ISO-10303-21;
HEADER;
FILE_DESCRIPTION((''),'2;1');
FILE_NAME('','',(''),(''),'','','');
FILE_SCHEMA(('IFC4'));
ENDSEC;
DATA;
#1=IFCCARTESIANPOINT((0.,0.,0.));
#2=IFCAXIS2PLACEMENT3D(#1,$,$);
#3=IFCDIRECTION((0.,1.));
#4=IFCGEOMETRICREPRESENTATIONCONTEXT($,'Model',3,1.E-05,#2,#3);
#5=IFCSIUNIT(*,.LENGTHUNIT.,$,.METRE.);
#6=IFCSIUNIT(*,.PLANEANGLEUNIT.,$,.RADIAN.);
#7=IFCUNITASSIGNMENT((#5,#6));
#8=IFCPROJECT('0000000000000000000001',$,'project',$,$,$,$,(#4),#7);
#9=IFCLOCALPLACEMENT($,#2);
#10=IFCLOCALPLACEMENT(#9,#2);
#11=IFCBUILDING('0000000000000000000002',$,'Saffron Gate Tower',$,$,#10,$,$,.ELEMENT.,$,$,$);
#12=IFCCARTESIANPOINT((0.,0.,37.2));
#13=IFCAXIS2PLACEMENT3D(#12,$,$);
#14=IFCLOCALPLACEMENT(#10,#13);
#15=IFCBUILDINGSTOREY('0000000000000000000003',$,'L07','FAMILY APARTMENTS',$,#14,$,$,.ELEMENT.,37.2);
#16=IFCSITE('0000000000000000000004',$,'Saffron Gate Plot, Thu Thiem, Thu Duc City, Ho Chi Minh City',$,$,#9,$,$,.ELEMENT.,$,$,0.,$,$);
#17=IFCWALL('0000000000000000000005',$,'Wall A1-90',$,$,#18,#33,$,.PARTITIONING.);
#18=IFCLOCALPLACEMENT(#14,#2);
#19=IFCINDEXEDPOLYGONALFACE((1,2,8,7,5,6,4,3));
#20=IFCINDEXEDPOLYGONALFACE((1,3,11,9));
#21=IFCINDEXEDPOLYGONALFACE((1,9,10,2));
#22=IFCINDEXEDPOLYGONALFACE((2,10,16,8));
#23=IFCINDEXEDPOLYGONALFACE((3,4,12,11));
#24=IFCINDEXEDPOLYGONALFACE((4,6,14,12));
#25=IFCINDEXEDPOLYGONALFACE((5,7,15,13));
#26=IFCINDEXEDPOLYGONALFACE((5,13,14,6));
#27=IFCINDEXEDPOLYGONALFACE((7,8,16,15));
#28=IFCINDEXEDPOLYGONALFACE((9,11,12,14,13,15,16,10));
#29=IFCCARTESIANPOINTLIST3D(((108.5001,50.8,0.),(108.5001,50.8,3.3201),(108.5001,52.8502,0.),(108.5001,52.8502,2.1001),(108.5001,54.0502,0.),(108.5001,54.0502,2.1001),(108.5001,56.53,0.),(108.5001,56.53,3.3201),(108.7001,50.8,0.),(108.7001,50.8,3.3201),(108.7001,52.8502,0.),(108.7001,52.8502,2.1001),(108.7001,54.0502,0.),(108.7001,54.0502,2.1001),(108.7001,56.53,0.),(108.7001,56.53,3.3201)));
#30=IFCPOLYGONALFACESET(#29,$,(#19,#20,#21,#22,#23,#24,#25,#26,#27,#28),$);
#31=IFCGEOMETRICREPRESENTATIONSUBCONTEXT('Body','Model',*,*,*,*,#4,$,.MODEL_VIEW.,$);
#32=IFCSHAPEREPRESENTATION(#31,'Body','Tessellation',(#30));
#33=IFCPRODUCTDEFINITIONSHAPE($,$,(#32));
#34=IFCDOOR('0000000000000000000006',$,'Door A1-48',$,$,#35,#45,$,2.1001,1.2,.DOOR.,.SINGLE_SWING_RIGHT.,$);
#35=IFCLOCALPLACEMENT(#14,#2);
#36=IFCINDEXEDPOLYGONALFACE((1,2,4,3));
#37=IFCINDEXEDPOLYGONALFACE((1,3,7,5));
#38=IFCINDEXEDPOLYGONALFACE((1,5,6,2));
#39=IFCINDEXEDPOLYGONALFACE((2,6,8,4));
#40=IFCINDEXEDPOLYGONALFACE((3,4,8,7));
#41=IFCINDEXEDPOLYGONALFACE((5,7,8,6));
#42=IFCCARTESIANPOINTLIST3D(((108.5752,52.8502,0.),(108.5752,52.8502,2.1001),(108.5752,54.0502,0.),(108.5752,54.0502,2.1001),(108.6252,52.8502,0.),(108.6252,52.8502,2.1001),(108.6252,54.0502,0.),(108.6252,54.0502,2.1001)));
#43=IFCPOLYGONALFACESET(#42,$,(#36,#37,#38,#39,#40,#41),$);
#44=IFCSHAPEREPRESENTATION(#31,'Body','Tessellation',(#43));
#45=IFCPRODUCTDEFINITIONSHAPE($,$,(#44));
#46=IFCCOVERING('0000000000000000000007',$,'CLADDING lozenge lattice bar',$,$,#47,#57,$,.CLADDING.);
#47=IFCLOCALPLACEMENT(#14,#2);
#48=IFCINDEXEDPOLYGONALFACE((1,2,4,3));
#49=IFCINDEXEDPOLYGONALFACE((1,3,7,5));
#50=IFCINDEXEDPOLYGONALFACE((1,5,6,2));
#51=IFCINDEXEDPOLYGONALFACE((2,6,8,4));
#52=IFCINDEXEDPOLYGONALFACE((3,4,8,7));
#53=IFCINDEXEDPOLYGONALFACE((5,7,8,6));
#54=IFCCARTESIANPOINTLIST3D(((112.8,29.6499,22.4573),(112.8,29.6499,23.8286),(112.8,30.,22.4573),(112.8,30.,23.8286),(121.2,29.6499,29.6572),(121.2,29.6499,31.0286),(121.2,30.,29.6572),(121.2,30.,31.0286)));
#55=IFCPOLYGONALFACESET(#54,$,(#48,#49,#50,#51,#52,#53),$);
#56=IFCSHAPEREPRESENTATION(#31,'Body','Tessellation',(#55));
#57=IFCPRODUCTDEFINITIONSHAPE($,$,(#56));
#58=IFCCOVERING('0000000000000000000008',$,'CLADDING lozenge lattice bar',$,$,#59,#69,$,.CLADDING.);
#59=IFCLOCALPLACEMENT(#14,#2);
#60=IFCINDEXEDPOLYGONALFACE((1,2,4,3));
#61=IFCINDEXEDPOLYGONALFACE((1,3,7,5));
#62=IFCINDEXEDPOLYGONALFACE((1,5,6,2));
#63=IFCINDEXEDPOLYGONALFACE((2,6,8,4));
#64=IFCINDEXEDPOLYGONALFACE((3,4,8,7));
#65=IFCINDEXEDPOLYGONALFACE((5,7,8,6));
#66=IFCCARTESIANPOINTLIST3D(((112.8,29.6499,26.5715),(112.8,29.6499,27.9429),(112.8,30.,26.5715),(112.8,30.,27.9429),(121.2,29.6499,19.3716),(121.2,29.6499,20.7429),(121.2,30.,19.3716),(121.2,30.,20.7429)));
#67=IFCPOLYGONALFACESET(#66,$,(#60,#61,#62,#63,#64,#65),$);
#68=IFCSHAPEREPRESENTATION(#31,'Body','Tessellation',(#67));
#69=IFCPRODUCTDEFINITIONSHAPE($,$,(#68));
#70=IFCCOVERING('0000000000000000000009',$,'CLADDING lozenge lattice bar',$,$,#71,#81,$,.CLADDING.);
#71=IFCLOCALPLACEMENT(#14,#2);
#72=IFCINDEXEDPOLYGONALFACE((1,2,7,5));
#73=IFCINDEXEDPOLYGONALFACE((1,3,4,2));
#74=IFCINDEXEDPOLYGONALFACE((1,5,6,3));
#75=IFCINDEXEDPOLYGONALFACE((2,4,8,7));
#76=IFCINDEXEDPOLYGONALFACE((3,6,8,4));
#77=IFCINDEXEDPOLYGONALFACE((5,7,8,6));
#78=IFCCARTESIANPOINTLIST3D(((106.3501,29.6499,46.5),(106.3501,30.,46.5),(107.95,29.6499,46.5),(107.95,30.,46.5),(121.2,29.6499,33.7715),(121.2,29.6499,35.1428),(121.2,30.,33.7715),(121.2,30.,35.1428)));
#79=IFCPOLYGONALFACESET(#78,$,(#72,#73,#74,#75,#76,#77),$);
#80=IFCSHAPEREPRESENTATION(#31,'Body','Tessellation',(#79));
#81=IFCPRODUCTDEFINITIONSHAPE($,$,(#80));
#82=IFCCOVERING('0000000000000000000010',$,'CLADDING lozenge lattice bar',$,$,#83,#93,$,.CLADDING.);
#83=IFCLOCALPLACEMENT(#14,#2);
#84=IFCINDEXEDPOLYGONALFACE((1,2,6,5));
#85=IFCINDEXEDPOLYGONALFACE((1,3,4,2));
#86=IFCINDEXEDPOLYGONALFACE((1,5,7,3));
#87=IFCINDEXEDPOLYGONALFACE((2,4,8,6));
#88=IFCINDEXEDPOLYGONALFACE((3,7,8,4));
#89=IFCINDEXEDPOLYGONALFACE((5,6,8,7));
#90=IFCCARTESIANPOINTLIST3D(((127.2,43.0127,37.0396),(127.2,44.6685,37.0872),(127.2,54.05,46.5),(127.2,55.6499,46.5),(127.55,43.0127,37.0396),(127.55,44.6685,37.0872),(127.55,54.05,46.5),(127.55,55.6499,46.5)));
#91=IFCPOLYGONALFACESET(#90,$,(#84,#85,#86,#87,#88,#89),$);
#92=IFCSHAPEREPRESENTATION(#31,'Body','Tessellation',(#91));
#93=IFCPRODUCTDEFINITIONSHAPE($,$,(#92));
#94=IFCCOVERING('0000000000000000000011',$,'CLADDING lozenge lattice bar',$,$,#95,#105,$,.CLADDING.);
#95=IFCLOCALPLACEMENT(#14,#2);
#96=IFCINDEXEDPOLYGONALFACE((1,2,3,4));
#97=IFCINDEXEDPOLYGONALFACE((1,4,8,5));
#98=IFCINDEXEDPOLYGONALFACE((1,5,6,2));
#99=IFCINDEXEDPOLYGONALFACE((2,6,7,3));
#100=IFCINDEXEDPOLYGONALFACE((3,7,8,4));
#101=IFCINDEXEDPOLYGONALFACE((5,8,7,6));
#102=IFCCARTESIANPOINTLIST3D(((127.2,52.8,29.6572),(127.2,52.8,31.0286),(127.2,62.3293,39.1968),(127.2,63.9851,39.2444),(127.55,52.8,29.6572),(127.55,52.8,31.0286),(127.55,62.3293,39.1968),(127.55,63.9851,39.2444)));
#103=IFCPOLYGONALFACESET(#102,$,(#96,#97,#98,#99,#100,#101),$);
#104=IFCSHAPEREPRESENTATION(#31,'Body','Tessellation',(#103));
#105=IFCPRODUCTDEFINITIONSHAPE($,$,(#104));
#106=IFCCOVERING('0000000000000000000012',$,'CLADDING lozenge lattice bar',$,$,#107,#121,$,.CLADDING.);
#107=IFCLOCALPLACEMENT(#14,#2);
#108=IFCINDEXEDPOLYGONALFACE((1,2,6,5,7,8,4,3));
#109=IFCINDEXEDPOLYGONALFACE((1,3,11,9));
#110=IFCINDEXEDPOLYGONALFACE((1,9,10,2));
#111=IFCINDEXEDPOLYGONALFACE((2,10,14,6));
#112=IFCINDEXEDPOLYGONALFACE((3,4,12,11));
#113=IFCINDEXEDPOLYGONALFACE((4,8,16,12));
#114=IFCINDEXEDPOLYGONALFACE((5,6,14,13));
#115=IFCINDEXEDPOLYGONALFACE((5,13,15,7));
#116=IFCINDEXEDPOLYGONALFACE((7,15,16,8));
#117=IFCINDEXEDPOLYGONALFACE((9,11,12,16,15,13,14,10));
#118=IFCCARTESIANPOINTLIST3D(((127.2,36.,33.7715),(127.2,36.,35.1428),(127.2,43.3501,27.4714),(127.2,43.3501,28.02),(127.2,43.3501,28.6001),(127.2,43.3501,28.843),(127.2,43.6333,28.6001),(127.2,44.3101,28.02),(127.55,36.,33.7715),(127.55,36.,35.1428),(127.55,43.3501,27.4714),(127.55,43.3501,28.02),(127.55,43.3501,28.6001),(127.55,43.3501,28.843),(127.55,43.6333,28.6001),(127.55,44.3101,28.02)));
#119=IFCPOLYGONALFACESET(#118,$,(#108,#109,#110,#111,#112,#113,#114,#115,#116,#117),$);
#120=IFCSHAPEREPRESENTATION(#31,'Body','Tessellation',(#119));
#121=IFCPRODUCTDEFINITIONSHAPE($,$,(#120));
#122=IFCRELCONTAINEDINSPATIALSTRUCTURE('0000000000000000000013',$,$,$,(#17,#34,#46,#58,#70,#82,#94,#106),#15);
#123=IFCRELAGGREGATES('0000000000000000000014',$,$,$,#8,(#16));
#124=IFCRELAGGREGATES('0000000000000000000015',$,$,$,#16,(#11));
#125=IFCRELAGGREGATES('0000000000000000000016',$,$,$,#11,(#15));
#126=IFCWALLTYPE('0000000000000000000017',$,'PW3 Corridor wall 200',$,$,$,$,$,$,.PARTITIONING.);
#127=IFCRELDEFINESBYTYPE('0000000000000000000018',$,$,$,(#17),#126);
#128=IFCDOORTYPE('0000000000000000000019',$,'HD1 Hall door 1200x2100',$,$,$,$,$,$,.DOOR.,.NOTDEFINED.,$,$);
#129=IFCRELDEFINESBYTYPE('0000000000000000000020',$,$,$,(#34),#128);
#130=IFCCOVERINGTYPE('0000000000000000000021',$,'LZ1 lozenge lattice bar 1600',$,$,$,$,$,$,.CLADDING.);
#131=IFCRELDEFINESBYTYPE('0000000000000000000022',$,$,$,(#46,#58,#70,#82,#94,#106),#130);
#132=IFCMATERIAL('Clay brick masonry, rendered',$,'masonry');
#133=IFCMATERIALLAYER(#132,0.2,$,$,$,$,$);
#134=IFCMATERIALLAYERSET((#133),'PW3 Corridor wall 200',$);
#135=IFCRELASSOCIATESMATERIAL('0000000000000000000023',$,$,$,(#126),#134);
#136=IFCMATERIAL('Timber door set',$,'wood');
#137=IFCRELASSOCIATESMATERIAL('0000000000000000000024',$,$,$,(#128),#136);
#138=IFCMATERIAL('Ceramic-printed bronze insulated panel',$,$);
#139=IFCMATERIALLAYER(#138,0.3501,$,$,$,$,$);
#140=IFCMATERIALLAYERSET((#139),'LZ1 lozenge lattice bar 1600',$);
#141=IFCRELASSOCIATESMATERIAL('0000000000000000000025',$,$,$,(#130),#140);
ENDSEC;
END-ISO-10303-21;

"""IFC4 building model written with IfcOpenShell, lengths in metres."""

from ifc_helpers import new_model, si_unit, direction, frame, frame_2d, origin, place, context, subcontext, project, spatial, polyline, rectangle, outline, extrude, material, layer, layer_set, type_object, element, fill, save


model = new_model("IFC4")

# Units and contexts
model_context = context("Model", 3, precision=1e-05, world=origin(), true_north=direction((0.0, 1.0)))
body_context = subcontext(model_context, "Body", "Model", "MODEL_VIEW")
ifc_project = project(units=[si_unit("LENGTHUNIT", "METRE"), si_unit("PLANEANGLEUNIT", "RADIAN")], contexts=[model_context])

# Site, building, storey
site_placement = place(None, origin())
site = spatial("IfcSite", under=ifc_project, at=site_placement, Name="Saffron Gate Plot, Thu Thiem, Thu Duc City, Ho Chi Minh City", CompositionType="ELEMENT", RefElevation=0.0)
building_placement = place(site_placement, origin())
building = spatial("IfcBuilding", under=site, at=building_placement, Name="Saffron Gate Tower", CompositionType="ELEMENT")
storey_placement = place(building_placement, frame((0.0, 0.0, 37.2)))
storey = spatial("IfcBuildingStorey", under=building, at=storey_placement, Name="L07", Description="FAMILY APARTMENTS", CompositionType="ELEMENT", Elevation=37.2)

# Shared definitions
ifc_material_1 = material(Name="Timber door set", Category="wood")

# Shared definitions
ifc_material_2 = material(Name="Clay brick masonry, rendered", Category="masonry")
ifc_layer_1 = layer(ifc_material_2, 0.2)
ifc_layer_set_1 = layer_set([ifc_layer_1], Name="PW3 Corridor wall 200")
wall_type_1 = type_object("IfcWallType", Name="PW3 Corridor wall 200", PredefinedType="PARTITIONING", material=ifc_layer_set_1)

# Wall, opening, door
wall_1_placement = place(storey_placement, frame((108.6001, 50.8, 0.0), z_axis=(0.0, 0.0, 1.0), x_axis=(0.0, 1.0, 0.0)))
wall_1 = element("IfcWall", 1, at=wall_1_placement, inside=storey, type_object=wall_type_1, Name="Wall A1-90", PredefinedType="PARTITIONING", context=body_context, shape_type="SweptSolid", body=[
    extrude(rectangle(XDim=5.73, YDim=0.2, at=frame_2d((2.865, 0.0))), origin(), (0.0, 0.0, 1.0), 3.3201),
])
opening_1_placement = place(wall_1_placement, frame((2.05, 0.0, 0.0)))
opening_1 = element("IfcOpeningElement", 2, at=opening_1_placement, cuts=wall_1, PredefinedType="OPENING", context=body_context, shape_type="SweptSolid", body=[
    extrude(rectangle(XDim=1.2, YDim=2.1001, at=frame_2d((0.6001, 1.05))), frame((0.0, 0.1099, 0.0), z_axis=(0.0, -1.0, 0.0), x_axis=(1.0, 0.0, 0.0)), (0.0, 0.0, 1.0), 0.22),
])
door_type_1 = type_object("IfcDoorType", Name="HD1 Hall door 1200x2100", OperationType="NOTDEFINED", PredefinedType="DOOR", material=ifc_material_1)
door_1_placement = place(opening_1_placement, origin())
door_1 = element("IfcDoor", 3, at=door_1_placement, inside=storey, type_object=door_type_1, Name="Door A1-48", OperationType="SINGLE_SWING_RIGHT", OverallHeight=2.1001, OverallWidth=1.2, PredefinedType="DOOR", context=body_context, shape_type="SweptSolid", body=[
    extrude(rectangle(XDim=1.2, YDim=2.1001, at=frame_2d((0.6001, 1.05))), frame((0.0, 0.0249, 0.0), z_axis=(0.0, -1.0, 0.0), x_axis=(1.0, 0.0, 0.0)), (0.0, 0.0, 1.0), 0.05),
])
fill(opening_1, door_1)

# Coverings
ifc_material_3 = material(Name="Ceramic-printed bronze insulated panel")
ifc_layer_2 = layer(ifc_material_3, 0.3501)
ifc_layer_set_2 = layer_set([ifc_layer_2], Name="LZ1 lozenge lattice bar 1600")
covering_type = type_object("IfcCoveringType", Name="LZ1 lozenge lattice bar 1600", PredefinedType="CLADDING", material=ifc_layer_set_2)
covering_1_placement = place(storey_placement, frame((112.8, 29.6499, 23.8286), z_axis=(0.0, -1.0, 0.0), x_axis=(0.0, 0.0, -1.0)))
element("IfcCovering", 4, at=covering_1_placement, inside=storey, type_object=covering_type, Name="CLADDING lozenge lattice bar", PredefinedType="CLADDING", context=body_context, shape_type="SweptSolid", body=[
    extrude(outline(polyline([(0.0, 0.0), (1.3713, 0.0), (-5.8286, 8.3999), (-7.2, 8.3999), (0.0, 0.0)])), origin(), (0.0, 0.0, -1.0), 0.3501),
])
covering_2_placement = place(storey_placement, frame((121.2, 29.6499, 20.7429), z_axis=(0.0, -1.0, 0.0), x_axis=(-0.759255, 0.0, 0.650793)))
element("IfcCovering", 5, at=covering_2_placement, inside=storey, type_object=covering_type, Name="CLADDING lozenge lattice bar", PredefinedType="CLADDING", context=body_context, shape_type="SweptSolid", body=[
    extrude(outline(polyline([(0.0, 0.0), (11.0633, 0.0), (10.1709, 1.0412), (-0.8925, 1.0412), (0.0, 0.0)])), origin(), (0.0, 0.0, -1.0), 0.3501),
])
covering_3_placement = place(storey_placement, frame((121.2, 29.6499, 35.1428), z_axis=(0.0, -1.0, 0.0), x_axis=(-0.759256, 0.0, 0.650793)))
element("IfcCovering", 6, at=covering_3_placement, inside=storey, type_object=covering_type, Name="CLADDING lozenge lattice bar", PredefinedType="CLADDING", context=body_context, shape_type="SweptSolid", body=[
    extrude(outline(polyline([(0.0, 0.0), (17.4513, 0.0), (18.666, 1.0412), (-0.8925, 1.0412), (0.0, 0.0)])), origin(), (0.0, 0.0, -1.0), 0.3501),
])
covering_4_placement = place(storey_placement, frame((127.55, 43.0127, 37.0396), z_axis=(1.0, 0.0, 0.0), x_axis=(0.0, 0.999587, 0.028741)))
element("IfcCovering", 7, at=covering_4_placement, inside=storey, type_object=covering_type, Name="CLADDING lozenge lattice bar", PredefinedType="CLADDING", context=body_context, shape_type="SweptSolid", body=[
    extrude(outline(polyline([(0.0, 0.0), (1.6564, 0.0), (12.9039, 9.0933), (11.3047, 9.1393), (0.0, 0.0)])), origin(), (0.0, 0.0, -1.0), 0.3501),
])
covering_5_placement = place(storey_placement, frame((127.55, 52.8, 31.0286), z_axis=(1.0, 0.0, 0.0), x_axis=(0.0, 0.0, -1.0)))
element("IfcCovering", 8, at=covering_5_placement, inside=storey, type_object=covering_type, Name="CLADDING lozenge lattice bar", PredefinedType="CLADDING", context=body_context, shape_type="SweptSolid", body=[
    extrude(outline(polyline([(0.0, 0.0), (1.3713, 0.0), (-8.2158, 11.1851), (-8.1682, 9.5293), (0.0, 0.0)])), origin(), (0.0, 0.0, -1.0), 0.3501),
])
covering_6_placement = place(storey_placement, frame((127.55, 43.3501, 27.4714), z_axis=(1.0, 0.0, 0.0), x_axis=(0.0, 0.0, 1.0)))
element("IfcCovering", 9, at=covering_6_placement, inside=storey, type_object=covering_type, Name="CLADDING lozenge lattice bar", PredefinedType="CLADDING", context=body_context, shape_type="SweptSolid", body=[
    extrude(outline(polyline([(0.0, 0.0), (0.5486, 0.0), (0.5486, -0.96), (1.1287, -0.2832), (1.1287, 0.0), (1.3716, 0.0), (7.6714, 7.3501), (6.3, 7.3501), (0.0, 0.0)])), origin(), (0.0, 0.0, -1.0), 0.3501),
])

save(model, "model.ifc")
